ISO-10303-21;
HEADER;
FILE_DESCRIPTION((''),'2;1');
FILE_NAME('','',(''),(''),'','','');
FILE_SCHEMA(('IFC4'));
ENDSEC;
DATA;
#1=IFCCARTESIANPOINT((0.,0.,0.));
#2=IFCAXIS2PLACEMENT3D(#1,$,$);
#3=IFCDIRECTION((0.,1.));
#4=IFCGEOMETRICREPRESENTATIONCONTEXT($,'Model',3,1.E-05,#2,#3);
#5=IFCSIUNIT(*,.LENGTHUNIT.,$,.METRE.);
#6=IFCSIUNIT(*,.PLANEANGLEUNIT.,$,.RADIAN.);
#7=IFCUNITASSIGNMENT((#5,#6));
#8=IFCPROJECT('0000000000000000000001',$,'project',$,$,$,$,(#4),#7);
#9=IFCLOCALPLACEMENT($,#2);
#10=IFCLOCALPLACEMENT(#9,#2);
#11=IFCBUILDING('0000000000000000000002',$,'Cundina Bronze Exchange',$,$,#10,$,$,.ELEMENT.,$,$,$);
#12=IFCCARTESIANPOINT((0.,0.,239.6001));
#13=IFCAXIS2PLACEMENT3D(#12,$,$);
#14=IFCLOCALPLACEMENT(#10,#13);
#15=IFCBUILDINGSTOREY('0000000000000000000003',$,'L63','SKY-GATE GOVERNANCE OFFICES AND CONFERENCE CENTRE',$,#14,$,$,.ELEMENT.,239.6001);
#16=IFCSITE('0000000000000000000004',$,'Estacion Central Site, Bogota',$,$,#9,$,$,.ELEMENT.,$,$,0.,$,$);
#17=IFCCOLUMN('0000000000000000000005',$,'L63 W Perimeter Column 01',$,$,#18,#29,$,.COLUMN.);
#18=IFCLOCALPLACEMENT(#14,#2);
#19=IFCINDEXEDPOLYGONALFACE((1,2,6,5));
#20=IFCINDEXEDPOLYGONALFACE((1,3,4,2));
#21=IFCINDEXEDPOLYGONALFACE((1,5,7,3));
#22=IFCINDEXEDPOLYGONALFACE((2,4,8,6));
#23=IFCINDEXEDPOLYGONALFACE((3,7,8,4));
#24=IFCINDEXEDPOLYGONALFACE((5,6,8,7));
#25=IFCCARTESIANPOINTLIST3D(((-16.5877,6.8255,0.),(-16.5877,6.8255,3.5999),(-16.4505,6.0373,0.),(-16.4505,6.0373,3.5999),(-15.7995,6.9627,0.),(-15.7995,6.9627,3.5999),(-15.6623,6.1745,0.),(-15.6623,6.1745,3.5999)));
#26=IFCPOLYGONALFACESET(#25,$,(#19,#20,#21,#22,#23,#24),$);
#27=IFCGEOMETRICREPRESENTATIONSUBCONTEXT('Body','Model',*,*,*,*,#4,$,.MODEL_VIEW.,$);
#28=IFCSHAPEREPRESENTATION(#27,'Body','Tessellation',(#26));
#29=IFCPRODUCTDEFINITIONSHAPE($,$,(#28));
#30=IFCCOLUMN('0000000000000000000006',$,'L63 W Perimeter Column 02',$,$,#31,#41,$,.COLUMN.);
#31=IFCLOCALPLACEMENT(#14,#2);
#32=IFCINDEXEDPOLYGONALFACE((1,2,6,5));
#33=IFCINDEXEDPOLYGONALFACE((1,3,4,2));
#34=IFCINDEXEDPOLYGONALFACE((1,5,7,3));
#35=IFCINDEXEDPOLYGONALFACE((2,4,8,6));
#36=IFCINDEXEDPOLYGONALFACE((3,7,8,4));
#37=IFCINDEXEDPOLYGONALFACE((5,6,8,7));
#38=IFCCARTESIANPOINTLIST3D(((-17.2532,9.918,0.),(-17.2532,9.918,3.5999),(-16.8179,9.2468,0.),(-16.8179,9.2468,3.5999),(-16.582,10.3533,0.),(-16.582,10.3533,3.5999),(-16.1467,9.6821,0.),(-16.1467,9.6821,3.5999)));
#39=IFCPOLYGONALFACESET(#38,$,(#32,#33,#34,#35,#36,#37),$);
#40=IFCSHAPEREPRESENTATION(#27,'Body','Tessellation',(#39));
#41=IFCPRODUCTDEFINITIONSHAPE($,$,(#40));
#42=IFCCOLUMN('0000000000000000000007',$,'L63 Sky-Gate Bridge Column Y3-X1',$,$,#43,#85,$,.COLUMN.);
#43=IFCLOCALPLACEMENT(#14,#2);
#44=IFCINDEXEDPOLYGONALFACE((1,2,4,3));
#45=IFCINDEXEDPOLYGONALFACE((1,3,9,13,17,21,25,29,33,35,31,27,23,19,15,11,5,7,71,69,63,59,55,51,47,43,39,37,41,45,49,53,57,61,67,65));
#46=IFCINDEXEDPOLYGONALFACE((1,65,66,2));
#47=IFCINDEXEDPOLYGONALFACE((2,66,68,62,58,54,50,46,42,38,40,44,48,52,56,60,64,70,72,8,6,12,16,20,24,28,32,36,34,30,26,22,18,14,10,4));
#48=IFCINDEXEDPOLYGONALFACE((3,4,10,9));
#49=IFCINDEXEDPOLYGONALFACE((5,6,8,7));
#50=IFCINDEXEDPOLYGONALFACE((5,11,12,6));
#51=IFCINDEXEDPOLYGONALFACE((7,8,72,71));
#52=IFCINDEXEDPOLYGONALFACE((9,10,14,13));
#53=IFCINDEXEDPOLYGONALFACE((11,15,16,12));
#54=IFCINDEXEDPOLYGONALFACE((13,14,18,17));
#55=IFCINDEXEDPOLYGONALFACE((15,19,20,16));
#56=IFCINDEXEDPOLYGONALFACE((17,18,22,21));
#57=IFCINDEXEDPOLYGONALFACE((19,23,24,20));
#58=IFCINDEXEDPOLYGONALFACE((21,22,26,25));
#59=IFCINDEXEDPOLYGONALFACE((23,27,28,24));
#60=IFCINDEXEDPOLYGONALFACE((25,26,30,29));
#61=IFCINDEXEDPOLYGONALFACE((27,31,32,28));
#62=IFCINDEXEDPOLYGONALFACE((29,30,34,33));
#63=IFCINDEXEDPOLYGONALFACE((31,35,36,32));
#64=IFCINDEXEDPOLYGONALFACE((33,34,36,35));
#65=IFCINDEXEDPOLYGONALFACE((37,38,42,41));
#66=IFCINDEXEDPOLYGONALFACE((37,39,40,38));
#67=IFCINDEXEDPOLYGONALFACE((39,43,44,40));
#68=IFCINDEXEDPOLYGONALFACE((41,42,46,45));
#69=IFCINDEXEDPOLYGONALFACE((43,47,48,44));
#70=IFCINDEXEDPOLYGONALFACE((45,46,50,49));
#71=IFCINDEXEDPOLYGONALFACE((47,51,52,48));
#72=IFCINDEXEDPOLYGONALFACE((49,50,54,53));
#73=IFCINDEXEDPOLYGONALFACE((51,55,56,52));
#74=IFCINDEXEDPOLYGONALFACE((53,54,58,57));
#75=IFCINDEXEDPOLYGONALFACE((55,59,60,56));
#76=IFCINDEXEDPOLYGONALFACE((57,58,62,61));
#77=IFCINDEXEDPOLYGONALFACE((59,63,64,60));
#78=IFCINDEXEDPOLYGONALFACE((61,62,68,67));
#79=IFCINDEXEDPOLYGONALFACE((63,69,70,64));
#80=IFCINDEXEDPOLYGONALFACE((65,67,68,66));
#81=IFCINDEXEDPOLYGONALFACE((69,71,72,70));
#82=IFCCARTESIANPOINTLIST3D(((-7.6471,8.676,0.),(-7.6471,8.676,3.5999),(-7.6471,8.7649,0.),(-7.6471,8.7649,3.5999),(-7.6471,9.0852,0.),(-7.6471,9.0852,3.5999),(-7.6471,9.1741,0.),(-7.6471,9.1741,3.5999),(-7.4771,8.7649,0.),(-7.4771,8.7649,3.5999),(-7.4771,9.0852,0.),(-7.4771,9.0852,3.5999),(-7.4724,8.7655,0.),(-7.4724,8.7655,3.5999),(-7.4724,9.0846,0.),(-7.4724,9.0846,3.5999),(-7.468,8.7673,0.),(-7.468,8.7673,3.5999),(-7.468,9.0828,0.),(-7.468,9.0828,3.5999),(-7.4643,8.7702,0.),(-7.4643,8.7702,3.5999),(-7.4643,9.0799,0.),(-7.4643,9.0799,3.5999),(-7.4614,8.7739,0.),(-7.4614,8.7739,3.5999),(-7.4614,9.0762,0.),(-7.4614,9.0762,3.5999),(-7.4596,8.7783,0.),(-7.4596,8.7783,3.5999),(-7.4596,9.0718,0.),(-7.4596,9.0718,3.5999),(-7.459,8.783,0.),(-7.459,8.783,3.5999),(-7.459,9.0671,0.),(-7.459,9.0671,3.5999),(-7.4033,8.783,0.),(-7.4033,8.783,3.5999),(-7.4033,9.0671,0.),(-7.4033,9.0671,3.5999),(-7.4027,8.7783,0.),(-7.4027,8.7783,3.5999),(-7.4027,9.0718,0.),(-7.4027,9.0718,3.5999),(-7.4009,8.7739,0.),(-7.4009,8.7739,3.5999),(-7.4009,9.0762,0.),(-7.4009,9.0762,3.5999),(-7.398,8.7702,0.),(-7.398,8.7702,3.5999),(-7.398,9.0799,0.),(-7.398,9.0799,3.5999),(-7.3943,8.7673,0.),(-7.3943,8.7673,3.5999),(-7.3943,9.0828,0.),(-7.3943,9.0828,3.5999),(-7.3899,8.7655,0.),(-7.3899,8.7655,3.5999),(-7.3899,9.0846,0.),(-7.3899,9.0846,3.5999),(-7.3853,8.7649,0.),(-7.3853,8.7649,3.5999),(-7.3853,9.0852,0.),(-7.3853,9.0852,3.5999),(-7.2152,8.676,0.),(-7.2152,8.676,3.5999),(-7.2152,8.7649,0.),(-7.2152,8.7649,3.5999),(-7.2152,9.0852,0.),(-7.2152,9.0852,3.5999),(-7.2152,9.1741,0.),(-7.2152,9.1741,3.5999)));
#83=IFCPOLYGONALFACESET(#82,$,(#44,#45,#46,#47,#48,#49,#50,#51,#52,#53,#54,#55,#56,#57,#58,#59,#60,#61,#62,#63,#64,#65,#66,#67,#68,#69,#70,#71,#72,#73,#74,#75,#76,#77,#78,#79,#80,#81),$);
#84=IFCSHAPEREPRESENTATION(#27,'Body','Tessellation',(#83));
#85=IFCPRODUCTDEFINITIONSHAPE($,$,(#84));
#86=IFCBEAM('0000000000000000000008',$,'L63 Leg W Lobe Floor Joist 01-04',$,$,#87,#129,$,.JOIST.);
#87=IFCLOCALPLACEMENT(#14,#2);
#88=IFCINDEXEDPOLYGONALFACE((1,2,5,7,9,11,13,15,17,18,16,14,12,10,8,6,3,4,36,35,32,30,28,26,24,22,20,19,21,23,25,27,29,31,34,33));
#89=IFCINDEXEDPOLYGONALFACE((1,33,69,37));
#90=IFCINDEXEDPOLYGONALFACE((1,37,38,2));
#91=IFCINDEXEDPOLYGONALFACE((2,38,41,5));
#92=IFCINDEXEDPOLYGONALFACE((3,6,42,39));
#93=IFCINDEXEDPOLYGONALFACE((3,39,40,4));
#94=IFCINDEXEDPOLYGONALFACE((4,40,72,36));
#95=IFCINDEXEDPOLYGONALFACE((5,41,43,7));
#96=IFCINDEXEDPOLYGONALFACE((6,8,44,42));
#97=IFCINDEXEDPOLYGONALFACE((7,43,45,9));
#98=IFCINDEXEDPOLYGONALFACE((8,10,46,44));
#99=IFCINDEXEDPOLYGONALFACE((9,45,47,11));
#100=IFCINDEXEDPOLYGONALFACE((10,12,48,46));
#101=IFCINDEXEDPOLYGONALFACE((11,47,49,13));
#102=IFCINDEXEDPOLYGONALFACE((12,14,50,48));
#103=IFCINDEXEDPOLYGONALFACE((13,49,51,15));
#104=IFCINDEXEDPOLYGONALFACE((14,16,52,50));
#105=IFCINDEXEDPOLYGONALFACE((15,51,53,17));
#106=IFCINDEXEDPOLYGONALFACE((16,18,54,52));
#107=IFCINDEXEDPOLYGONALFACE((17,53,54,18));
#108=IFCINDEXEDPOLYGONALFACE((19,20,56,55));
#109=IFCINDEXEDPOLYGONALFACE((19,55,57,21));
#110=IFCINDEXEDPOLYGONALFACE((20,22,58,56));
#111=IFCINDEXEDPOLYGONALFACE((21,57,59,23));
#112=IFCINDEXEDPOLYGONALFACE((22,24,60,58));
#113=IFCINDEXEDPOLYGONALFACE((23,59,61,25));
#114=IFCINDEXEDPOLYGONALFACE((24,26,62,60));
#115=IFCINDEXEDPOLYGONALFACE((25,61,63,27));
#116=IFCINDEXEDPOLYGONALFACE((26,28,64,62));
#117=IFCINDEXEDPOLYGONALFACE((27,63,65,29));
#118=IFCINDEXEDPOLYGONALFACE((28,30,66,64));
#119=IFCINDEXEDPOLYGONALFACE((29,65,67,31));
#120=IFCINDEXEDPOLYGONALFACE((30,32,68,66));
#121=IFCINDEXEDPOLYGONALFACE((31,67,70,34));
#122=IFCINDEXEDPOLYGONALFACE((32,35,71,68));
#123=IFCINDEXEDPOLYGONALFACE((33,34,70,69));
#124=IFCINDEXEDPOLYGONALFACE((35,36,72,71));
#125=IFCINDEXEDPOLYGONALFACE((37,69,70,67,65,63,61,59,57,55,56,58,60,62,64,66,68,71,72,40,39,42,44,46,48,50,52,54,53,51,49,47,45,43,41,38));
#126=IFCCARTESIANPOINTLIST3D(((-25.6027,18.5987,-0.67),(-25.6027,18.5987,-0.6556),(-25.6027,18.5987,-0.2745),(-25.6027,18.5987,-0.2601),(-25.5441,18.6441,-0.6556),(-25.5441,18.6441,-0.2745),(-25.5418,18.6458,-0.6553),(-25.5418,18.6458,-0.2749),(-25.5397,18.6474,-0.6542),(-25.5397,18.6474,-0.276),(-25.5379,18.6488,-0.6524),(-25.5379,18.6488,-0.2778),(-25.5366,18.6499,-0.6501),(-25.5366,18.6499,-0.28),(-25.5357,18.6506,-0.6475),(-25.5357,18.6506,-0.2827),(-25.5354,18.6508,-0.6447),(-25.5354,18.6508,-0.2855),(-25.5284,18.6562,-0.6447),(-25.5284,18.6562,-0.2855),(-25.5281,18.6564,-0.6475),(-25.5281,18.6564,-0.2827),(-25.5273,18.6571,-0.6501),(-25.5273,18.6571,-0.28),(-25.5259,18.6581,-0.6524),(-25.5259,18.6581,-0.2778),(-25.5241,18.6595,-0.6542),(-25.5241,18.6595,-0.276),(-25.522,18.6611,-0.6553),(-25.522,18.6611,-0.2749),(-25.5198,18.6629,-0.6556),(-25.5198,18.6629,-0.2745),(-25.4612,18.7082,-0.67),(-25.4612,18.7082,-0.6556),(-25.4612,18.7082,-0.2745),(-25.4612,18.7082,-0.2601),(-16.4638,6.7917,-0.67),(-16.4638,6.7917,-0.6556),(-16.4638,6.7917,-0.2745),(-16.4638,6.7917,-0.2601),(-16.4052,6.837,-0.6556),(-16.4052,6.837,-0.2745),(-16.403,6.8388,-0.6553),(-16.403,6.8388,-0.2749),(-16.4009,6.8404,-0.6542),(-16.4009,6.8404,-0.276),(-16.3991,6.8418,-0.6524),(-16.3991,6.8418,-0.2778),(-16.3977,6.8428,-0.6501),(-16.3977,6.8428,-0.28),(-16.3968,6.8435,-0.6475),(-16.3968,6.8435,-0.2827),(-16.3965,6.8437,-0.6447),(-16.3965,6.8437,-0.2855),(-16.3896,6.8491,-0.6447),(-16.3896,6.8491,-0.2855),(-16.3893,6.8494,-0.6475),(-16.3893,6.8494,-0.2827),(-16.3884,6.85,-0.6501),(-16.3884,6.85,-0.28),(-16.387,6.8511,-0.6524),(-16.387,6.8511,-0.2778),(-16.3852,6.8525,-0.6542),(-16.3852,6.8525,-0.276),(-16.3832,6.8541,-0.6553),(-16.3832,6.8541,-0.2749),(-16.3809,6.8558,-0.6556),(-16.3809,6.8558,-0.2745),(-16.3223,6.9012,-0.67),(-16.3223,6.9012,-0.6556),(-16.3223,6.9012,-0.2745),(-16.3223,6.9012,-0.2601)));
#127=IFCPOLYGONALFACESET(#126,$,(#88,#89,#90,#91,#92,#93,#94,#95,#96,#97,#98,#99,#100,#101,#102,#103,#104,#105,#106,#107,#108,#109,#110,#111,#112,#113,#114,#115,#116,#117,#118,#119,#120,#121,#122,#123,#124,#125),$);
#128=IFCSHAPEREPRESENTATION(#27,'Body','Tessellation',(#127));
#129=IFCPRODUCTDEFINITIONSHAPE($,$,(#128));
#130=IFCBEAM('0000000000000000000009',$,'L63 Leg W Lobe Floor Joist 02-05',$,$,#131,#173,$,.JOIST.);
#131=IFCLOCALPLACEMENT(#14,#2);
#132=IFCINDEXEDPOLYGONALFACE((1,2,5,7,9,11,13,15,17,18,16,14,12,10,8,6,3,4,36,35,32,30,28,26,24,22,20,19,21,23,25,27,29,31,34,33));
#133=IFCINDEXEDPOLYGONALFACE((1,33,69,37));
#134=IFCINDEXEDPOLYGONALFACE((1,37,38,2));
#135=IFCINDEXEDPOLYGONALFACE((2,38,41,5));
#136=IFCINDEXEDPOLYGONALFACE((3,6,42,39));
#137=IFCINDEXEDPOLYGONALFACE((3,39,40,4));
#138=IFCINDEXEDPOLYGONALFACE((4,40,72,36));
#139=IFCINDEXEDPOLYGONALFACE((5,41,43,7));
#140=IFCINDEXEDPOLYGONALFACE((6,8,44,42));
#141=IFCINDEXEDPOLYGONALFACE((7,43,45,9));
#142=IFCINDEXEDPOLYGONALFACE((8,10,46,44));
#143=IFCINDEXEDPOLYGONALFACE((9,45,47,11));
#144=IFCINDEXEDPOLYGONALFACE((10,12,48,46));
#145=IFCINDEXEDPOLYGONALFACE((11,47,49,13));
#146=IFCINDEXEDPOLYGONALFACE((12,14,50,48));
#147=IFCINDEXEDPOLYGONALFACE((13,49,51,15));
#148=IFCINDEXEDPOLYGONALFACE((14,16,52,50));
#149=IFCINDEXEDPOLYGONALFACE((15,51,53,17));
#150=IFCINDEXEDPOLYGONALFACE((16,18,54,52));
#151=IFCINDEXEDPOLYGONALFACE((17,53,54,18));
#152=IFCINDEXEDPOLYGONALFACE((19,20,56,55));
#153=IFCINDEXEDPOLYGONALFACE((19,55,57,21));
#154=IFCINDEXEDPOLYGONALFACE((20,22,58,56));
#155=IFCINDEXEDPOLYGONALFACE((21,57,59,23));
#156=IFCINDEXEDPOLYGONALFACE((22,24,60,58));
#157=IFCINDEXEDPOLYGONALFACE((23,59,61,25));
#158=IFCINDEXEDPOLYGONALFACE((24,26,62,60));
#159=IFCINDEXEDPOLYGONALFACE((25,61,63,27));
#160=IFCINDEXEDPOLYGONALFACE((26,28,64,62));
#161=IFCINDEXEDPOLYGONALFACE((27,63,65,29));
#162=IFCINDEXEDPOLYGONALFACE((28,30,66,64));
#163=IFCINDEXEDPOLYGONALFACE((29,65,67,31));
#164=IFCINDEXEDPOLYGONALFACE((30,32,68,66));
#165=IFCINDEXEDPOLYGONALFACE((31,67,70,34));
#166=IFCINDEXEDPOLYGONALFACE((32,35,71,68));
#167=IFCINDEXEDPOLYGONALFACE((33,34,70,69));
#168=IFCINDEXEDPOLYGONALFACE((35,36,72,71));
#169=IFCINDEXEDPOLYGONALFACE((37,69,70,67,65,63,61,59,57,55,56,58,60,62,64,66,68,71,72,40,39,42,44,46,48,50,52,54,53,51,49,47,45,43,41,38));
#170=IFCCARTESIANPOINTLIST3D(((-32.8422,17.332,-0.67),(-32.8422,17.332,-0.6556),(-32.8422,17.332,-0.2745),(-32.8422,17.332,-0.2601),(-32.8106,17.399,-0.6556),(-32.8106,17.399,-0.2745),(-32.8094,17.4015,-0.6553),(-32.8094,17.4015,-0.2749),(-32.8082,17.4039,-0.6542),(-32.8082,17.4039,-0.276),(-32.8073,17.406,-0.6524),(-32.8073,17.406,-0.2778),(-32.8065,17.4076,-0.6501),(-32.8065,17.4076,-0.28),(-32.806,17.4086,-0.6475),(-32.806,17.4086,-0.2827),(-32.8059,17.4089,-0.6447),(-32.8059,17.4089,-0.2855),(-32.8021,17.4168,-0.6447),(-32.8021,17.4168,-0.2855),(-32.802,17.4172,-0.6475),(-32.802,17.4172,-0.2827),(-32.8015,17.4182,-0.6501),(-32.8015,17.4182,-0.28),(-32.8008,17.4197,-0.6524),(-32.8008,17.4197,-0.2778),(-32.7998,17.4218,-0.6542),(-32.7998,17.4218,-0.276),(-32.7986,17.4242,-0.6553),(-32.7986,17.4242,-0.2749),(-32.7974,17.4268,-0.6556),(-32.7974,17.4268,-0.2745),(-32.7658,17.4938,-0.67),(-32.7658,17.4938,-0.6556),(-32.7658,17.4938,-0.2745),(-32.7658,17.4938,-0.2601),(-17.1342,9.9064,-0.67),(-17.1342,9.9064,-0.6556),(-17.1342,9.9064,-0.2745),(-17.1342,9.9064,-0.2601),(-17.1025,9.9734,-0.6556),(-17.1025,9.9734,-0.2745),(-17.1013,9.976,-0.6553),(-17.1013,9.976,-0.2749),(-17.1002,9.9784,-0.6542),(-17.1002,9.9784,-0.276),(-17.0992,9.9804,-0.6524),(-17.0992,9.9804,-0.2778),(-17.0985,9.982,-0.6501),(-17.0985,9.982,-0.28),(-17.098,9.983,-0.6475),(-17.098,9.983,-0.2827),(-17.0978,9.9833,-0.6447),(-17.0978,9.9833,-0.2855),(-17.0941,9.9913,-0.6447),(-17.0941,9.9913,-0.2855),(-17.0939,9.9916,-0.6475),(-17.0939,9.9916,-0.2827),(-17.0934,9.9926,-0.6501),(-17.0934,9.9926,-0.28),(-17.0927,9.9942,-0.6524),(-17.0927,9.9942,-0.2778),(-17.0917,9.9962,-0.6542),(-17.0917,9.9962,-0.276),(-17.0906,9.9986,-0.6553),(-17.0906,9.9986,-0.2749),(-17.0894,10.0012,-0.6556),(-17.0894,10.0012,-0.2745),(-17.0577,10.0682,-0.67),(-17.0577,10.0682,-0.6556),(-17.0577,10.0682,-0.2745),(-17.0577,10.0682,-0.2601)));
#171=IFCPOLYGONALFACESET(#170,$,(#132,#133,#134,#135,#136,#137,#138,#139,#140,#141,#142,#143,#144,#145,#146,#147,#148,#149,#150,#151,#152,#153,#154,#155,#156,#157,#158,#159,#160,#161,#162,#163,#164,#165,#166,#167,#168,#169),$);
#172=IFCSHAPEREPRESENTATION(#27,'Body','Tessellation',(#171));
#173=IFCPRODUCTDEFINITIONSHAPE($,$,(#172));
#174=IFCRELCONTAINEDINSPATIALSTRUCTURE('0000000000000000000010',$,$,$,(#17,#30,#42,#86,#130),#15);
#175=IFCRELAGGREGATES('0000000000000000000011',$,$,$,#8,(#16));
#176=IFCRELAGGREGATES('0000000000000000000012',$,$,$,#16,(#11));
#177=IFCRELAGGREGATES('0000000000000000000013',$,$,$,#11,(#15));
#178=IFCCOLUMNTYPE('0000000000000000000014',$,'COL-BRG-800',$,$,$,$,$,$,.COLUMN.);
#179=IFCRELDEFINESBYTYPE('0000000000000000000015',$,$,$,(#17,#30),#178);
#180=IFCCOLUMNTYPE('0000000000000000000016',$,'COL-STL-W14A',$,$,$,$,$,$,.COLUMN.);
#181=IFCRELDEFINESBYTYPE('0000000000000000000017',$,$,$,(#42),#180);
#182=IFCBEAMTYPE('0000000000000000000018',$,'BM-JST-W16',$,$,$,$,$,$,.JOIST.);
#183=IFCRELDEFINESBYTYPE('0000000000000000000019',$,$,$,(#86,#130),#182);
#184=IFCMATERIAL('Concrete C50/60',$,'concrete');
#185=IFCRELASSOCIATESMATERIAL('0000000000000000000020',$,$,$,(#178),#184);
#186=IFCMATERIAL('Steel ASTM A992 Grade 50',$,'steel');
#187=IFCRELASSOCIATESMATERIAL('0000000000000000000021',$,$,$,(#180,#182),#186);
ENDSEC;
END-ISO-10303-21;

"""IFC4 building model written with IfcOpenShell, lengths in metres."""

from ifc_helpers import new_model, si_unit, direction, frame, origin, origin_2d, place, context, subcontext, project, spatial, rectangle, i_section, extrude, material, material_profile, profile_set, type_object, element, save


model = new_model("IFC4")

# Units and contexts
model_context = context("Model", 3, precision=1e-05, world=origin(), true_north=direction((0.0, 1.0)))
body_context = subcontext(model_context, "Body", "Model", "MODEL_VIEW")
ifc_project = project(units=[si_unit("LENGTHUNIT", "METRE"), si_unit("PLANEANGLEUNIT", "RADIAN")], contexts=[model_context])

# Site, building, storey
site_placement = place(None, origin())
site = spatial("IfcSite", under=ifc_project, at=site_placement, Name="Estacion Central Site, Bogota", CompositionType="ELEMENT", RefElevation=0.0)
building_placement = place(site_placement, origin())
building = spatial("IfcBuilding", under=site, at=building_placement, Name="Cundina Bronze Exchange", CompositionType="ELEMENT")
storey_placement = place(building_placement, frame((0.0, 0.0, 239.6001)))
storey = spatial("IfcBuildingStorey", under=building, at=storey_placement, Name="L63", Description="SKY-GATE GOVERNANCE OFFICES AND CONFERENCE CENTRE", CompositionType="ELEMENT", Elevation=239.6001)

# Columns
ifc_material_1 = material(Name="Concrete C50/60", Category="concrete")
ifc_material_profile_1 = material_profile(ifc_material_1, rectangle(XDim=0.8, YDim=0.8, at=origin_2d()), Name="RC800X800", Category="concrete")
ifc_profile_set_1 = profile_set([ifc_material_profile_1], Name="Concrete C50/60")
column_type_1 = type_object("IfcColumnType", Name="COL-BRG-800", PredefinedType="COLUMN", material=ifc_profile_set_1)
for number, where, z_axis, x_axis, name in (
    (1, (-16.125, 6.5, 0.0), (0.0, 0.0, 1.0), (-0.171585, 0.985169, 0.0), "L63 W Perimeter Column 01"),
    (2, (-16.7, 9.8, 0.0), (0.0, 0.0, 1.0), (-0.5442, 0.838956, 0.0), "L63 W Perimeter Column 02"),
):
    element("IfcColumn", number, at=place(storey_placement, frame(where, z_axis=z_axis, x_axis=x_axis)), inside=storey, type_object=column_type_1, Name=name, PredefinedType="COLUMN", context=body_context, shape_type="SweptSolid", body=[
        extrude(rectangle(XDim=0.8, YDim=0.8, at=origin_2d()), origin(), (0.0, 0.0, 1.0), 3.5999),
    ])
ifc_material_2 = material(Name="Steel ASTM A992 Grade 50", Category="steel")
ifc_material_profile_2 = material_profile(ifc_material_2, i_section(OverallWidth=0.4319, OverallDepth=0.498, WebThickness=0.0557, FlangeThickness=0.0889, FilletRadius=0.0181, at=origin_2d()), Name="W14X500", Category="steel")
ifc_profile_set_2 = profile_set([ifc_material_profile_2], Name="Steel ASTM A992 Grade 50")
column_type_2 = type_object("IfcColumnType", Name="COL-STL-W14A", PredefinedType="COLUMN", material=ifc_profile_set_2)
column_placement = place(storey_placement, frame((-7.4312, 8.925, 0.0), z_axis=(0.0, 0.0, 1.0), x_axis=(1.0, 0.0, 0.0)))
element("IfcColumn", 3, at=column_placement, inside=storey, type_object=column_type_2, Name="L63 Sky-Gate Bridge Column Y3-X1", PredefinedType="COLUMN", context=body_context, shape_type="SweptSolid", body=[
    extrude(i_section(OverallWidth=0.4319, OverallDepth=0.498, WebThickness=0.0557, FlangeThickness=0.0889, FilletRadius=0.0181, at=origin_2d()), origin(), (0.0, 0.0, 1.0), 3.5999),
])

# Beams
ifc_material_profile_3 = material_profile(ifc_material_2, i_section(OverallWidth=0.179, OverallDepth=0.4099, WebThickness=0.0088, FlangeThickness=0.0144, FilletRadius=0.011, at=origin_2d()), Name="W16X45", Category="steel")
ifc_profile_set_3 = profile_set([ifc_material_profile_3], Name="Steel ASTM A992 Grade 50")
beam_type_1 = type_object("IfcBeamType", Name="BM-JST-W16", PredefinedType="JOIST", material=ifc_profile_set_3)
beam_1_placement = place(storey_placement, frame((-16.3931, 6.8464, -0.4651), z_axis=(-0.612086, 0.790791, 0.0), x_axis=(-0.790791, -0.612086, 0.0)))
element("IfcBeam", 4, at=beam_1_placement, inside=storey, type_object=beam_type_1, Name="L63 Leg W Lobe Floor Joist 01-04", PredefinedType="JOIST", context=body_context, shape_type="SweptSolid", body=[
    extrude(i_section(OverallWidth=0.179, OverallDepth=0.4099, WebThickness=0.0088, FlangeThickness=0.0144, FilletRadius=0.011, at=origin_2d()), origin(), (0.0, 0.0, 1.0), 14.9307),
])
beam_2_placement = place(storey_placement, frame((-17.0959, 9.9873, -0.4651), z_axis=(-0.904074, 0.427376, 0.0), x_axis=(-0.427376, -0.904074, 0.0)))
element("IfcBeam", 5, at=beam_2_placement, inside=storey, type_object=beam_type_1, Name="L63 Leg W Lobe Floor Joist 02-05", PredefinedType="JOIST", context=body_context, shape_type="SweptSolid", body=[
    extrude(i_section(OverallWidth=0.179, OverallDepth=0.4099, WebThickness=0.0088, FlangeThickness=0.0144, FilletRadius=0.011, at=origin_2d()), origin(), (0.0, 0.0, 1.0), 17.3748),
])

save(model, "model.ifc")
